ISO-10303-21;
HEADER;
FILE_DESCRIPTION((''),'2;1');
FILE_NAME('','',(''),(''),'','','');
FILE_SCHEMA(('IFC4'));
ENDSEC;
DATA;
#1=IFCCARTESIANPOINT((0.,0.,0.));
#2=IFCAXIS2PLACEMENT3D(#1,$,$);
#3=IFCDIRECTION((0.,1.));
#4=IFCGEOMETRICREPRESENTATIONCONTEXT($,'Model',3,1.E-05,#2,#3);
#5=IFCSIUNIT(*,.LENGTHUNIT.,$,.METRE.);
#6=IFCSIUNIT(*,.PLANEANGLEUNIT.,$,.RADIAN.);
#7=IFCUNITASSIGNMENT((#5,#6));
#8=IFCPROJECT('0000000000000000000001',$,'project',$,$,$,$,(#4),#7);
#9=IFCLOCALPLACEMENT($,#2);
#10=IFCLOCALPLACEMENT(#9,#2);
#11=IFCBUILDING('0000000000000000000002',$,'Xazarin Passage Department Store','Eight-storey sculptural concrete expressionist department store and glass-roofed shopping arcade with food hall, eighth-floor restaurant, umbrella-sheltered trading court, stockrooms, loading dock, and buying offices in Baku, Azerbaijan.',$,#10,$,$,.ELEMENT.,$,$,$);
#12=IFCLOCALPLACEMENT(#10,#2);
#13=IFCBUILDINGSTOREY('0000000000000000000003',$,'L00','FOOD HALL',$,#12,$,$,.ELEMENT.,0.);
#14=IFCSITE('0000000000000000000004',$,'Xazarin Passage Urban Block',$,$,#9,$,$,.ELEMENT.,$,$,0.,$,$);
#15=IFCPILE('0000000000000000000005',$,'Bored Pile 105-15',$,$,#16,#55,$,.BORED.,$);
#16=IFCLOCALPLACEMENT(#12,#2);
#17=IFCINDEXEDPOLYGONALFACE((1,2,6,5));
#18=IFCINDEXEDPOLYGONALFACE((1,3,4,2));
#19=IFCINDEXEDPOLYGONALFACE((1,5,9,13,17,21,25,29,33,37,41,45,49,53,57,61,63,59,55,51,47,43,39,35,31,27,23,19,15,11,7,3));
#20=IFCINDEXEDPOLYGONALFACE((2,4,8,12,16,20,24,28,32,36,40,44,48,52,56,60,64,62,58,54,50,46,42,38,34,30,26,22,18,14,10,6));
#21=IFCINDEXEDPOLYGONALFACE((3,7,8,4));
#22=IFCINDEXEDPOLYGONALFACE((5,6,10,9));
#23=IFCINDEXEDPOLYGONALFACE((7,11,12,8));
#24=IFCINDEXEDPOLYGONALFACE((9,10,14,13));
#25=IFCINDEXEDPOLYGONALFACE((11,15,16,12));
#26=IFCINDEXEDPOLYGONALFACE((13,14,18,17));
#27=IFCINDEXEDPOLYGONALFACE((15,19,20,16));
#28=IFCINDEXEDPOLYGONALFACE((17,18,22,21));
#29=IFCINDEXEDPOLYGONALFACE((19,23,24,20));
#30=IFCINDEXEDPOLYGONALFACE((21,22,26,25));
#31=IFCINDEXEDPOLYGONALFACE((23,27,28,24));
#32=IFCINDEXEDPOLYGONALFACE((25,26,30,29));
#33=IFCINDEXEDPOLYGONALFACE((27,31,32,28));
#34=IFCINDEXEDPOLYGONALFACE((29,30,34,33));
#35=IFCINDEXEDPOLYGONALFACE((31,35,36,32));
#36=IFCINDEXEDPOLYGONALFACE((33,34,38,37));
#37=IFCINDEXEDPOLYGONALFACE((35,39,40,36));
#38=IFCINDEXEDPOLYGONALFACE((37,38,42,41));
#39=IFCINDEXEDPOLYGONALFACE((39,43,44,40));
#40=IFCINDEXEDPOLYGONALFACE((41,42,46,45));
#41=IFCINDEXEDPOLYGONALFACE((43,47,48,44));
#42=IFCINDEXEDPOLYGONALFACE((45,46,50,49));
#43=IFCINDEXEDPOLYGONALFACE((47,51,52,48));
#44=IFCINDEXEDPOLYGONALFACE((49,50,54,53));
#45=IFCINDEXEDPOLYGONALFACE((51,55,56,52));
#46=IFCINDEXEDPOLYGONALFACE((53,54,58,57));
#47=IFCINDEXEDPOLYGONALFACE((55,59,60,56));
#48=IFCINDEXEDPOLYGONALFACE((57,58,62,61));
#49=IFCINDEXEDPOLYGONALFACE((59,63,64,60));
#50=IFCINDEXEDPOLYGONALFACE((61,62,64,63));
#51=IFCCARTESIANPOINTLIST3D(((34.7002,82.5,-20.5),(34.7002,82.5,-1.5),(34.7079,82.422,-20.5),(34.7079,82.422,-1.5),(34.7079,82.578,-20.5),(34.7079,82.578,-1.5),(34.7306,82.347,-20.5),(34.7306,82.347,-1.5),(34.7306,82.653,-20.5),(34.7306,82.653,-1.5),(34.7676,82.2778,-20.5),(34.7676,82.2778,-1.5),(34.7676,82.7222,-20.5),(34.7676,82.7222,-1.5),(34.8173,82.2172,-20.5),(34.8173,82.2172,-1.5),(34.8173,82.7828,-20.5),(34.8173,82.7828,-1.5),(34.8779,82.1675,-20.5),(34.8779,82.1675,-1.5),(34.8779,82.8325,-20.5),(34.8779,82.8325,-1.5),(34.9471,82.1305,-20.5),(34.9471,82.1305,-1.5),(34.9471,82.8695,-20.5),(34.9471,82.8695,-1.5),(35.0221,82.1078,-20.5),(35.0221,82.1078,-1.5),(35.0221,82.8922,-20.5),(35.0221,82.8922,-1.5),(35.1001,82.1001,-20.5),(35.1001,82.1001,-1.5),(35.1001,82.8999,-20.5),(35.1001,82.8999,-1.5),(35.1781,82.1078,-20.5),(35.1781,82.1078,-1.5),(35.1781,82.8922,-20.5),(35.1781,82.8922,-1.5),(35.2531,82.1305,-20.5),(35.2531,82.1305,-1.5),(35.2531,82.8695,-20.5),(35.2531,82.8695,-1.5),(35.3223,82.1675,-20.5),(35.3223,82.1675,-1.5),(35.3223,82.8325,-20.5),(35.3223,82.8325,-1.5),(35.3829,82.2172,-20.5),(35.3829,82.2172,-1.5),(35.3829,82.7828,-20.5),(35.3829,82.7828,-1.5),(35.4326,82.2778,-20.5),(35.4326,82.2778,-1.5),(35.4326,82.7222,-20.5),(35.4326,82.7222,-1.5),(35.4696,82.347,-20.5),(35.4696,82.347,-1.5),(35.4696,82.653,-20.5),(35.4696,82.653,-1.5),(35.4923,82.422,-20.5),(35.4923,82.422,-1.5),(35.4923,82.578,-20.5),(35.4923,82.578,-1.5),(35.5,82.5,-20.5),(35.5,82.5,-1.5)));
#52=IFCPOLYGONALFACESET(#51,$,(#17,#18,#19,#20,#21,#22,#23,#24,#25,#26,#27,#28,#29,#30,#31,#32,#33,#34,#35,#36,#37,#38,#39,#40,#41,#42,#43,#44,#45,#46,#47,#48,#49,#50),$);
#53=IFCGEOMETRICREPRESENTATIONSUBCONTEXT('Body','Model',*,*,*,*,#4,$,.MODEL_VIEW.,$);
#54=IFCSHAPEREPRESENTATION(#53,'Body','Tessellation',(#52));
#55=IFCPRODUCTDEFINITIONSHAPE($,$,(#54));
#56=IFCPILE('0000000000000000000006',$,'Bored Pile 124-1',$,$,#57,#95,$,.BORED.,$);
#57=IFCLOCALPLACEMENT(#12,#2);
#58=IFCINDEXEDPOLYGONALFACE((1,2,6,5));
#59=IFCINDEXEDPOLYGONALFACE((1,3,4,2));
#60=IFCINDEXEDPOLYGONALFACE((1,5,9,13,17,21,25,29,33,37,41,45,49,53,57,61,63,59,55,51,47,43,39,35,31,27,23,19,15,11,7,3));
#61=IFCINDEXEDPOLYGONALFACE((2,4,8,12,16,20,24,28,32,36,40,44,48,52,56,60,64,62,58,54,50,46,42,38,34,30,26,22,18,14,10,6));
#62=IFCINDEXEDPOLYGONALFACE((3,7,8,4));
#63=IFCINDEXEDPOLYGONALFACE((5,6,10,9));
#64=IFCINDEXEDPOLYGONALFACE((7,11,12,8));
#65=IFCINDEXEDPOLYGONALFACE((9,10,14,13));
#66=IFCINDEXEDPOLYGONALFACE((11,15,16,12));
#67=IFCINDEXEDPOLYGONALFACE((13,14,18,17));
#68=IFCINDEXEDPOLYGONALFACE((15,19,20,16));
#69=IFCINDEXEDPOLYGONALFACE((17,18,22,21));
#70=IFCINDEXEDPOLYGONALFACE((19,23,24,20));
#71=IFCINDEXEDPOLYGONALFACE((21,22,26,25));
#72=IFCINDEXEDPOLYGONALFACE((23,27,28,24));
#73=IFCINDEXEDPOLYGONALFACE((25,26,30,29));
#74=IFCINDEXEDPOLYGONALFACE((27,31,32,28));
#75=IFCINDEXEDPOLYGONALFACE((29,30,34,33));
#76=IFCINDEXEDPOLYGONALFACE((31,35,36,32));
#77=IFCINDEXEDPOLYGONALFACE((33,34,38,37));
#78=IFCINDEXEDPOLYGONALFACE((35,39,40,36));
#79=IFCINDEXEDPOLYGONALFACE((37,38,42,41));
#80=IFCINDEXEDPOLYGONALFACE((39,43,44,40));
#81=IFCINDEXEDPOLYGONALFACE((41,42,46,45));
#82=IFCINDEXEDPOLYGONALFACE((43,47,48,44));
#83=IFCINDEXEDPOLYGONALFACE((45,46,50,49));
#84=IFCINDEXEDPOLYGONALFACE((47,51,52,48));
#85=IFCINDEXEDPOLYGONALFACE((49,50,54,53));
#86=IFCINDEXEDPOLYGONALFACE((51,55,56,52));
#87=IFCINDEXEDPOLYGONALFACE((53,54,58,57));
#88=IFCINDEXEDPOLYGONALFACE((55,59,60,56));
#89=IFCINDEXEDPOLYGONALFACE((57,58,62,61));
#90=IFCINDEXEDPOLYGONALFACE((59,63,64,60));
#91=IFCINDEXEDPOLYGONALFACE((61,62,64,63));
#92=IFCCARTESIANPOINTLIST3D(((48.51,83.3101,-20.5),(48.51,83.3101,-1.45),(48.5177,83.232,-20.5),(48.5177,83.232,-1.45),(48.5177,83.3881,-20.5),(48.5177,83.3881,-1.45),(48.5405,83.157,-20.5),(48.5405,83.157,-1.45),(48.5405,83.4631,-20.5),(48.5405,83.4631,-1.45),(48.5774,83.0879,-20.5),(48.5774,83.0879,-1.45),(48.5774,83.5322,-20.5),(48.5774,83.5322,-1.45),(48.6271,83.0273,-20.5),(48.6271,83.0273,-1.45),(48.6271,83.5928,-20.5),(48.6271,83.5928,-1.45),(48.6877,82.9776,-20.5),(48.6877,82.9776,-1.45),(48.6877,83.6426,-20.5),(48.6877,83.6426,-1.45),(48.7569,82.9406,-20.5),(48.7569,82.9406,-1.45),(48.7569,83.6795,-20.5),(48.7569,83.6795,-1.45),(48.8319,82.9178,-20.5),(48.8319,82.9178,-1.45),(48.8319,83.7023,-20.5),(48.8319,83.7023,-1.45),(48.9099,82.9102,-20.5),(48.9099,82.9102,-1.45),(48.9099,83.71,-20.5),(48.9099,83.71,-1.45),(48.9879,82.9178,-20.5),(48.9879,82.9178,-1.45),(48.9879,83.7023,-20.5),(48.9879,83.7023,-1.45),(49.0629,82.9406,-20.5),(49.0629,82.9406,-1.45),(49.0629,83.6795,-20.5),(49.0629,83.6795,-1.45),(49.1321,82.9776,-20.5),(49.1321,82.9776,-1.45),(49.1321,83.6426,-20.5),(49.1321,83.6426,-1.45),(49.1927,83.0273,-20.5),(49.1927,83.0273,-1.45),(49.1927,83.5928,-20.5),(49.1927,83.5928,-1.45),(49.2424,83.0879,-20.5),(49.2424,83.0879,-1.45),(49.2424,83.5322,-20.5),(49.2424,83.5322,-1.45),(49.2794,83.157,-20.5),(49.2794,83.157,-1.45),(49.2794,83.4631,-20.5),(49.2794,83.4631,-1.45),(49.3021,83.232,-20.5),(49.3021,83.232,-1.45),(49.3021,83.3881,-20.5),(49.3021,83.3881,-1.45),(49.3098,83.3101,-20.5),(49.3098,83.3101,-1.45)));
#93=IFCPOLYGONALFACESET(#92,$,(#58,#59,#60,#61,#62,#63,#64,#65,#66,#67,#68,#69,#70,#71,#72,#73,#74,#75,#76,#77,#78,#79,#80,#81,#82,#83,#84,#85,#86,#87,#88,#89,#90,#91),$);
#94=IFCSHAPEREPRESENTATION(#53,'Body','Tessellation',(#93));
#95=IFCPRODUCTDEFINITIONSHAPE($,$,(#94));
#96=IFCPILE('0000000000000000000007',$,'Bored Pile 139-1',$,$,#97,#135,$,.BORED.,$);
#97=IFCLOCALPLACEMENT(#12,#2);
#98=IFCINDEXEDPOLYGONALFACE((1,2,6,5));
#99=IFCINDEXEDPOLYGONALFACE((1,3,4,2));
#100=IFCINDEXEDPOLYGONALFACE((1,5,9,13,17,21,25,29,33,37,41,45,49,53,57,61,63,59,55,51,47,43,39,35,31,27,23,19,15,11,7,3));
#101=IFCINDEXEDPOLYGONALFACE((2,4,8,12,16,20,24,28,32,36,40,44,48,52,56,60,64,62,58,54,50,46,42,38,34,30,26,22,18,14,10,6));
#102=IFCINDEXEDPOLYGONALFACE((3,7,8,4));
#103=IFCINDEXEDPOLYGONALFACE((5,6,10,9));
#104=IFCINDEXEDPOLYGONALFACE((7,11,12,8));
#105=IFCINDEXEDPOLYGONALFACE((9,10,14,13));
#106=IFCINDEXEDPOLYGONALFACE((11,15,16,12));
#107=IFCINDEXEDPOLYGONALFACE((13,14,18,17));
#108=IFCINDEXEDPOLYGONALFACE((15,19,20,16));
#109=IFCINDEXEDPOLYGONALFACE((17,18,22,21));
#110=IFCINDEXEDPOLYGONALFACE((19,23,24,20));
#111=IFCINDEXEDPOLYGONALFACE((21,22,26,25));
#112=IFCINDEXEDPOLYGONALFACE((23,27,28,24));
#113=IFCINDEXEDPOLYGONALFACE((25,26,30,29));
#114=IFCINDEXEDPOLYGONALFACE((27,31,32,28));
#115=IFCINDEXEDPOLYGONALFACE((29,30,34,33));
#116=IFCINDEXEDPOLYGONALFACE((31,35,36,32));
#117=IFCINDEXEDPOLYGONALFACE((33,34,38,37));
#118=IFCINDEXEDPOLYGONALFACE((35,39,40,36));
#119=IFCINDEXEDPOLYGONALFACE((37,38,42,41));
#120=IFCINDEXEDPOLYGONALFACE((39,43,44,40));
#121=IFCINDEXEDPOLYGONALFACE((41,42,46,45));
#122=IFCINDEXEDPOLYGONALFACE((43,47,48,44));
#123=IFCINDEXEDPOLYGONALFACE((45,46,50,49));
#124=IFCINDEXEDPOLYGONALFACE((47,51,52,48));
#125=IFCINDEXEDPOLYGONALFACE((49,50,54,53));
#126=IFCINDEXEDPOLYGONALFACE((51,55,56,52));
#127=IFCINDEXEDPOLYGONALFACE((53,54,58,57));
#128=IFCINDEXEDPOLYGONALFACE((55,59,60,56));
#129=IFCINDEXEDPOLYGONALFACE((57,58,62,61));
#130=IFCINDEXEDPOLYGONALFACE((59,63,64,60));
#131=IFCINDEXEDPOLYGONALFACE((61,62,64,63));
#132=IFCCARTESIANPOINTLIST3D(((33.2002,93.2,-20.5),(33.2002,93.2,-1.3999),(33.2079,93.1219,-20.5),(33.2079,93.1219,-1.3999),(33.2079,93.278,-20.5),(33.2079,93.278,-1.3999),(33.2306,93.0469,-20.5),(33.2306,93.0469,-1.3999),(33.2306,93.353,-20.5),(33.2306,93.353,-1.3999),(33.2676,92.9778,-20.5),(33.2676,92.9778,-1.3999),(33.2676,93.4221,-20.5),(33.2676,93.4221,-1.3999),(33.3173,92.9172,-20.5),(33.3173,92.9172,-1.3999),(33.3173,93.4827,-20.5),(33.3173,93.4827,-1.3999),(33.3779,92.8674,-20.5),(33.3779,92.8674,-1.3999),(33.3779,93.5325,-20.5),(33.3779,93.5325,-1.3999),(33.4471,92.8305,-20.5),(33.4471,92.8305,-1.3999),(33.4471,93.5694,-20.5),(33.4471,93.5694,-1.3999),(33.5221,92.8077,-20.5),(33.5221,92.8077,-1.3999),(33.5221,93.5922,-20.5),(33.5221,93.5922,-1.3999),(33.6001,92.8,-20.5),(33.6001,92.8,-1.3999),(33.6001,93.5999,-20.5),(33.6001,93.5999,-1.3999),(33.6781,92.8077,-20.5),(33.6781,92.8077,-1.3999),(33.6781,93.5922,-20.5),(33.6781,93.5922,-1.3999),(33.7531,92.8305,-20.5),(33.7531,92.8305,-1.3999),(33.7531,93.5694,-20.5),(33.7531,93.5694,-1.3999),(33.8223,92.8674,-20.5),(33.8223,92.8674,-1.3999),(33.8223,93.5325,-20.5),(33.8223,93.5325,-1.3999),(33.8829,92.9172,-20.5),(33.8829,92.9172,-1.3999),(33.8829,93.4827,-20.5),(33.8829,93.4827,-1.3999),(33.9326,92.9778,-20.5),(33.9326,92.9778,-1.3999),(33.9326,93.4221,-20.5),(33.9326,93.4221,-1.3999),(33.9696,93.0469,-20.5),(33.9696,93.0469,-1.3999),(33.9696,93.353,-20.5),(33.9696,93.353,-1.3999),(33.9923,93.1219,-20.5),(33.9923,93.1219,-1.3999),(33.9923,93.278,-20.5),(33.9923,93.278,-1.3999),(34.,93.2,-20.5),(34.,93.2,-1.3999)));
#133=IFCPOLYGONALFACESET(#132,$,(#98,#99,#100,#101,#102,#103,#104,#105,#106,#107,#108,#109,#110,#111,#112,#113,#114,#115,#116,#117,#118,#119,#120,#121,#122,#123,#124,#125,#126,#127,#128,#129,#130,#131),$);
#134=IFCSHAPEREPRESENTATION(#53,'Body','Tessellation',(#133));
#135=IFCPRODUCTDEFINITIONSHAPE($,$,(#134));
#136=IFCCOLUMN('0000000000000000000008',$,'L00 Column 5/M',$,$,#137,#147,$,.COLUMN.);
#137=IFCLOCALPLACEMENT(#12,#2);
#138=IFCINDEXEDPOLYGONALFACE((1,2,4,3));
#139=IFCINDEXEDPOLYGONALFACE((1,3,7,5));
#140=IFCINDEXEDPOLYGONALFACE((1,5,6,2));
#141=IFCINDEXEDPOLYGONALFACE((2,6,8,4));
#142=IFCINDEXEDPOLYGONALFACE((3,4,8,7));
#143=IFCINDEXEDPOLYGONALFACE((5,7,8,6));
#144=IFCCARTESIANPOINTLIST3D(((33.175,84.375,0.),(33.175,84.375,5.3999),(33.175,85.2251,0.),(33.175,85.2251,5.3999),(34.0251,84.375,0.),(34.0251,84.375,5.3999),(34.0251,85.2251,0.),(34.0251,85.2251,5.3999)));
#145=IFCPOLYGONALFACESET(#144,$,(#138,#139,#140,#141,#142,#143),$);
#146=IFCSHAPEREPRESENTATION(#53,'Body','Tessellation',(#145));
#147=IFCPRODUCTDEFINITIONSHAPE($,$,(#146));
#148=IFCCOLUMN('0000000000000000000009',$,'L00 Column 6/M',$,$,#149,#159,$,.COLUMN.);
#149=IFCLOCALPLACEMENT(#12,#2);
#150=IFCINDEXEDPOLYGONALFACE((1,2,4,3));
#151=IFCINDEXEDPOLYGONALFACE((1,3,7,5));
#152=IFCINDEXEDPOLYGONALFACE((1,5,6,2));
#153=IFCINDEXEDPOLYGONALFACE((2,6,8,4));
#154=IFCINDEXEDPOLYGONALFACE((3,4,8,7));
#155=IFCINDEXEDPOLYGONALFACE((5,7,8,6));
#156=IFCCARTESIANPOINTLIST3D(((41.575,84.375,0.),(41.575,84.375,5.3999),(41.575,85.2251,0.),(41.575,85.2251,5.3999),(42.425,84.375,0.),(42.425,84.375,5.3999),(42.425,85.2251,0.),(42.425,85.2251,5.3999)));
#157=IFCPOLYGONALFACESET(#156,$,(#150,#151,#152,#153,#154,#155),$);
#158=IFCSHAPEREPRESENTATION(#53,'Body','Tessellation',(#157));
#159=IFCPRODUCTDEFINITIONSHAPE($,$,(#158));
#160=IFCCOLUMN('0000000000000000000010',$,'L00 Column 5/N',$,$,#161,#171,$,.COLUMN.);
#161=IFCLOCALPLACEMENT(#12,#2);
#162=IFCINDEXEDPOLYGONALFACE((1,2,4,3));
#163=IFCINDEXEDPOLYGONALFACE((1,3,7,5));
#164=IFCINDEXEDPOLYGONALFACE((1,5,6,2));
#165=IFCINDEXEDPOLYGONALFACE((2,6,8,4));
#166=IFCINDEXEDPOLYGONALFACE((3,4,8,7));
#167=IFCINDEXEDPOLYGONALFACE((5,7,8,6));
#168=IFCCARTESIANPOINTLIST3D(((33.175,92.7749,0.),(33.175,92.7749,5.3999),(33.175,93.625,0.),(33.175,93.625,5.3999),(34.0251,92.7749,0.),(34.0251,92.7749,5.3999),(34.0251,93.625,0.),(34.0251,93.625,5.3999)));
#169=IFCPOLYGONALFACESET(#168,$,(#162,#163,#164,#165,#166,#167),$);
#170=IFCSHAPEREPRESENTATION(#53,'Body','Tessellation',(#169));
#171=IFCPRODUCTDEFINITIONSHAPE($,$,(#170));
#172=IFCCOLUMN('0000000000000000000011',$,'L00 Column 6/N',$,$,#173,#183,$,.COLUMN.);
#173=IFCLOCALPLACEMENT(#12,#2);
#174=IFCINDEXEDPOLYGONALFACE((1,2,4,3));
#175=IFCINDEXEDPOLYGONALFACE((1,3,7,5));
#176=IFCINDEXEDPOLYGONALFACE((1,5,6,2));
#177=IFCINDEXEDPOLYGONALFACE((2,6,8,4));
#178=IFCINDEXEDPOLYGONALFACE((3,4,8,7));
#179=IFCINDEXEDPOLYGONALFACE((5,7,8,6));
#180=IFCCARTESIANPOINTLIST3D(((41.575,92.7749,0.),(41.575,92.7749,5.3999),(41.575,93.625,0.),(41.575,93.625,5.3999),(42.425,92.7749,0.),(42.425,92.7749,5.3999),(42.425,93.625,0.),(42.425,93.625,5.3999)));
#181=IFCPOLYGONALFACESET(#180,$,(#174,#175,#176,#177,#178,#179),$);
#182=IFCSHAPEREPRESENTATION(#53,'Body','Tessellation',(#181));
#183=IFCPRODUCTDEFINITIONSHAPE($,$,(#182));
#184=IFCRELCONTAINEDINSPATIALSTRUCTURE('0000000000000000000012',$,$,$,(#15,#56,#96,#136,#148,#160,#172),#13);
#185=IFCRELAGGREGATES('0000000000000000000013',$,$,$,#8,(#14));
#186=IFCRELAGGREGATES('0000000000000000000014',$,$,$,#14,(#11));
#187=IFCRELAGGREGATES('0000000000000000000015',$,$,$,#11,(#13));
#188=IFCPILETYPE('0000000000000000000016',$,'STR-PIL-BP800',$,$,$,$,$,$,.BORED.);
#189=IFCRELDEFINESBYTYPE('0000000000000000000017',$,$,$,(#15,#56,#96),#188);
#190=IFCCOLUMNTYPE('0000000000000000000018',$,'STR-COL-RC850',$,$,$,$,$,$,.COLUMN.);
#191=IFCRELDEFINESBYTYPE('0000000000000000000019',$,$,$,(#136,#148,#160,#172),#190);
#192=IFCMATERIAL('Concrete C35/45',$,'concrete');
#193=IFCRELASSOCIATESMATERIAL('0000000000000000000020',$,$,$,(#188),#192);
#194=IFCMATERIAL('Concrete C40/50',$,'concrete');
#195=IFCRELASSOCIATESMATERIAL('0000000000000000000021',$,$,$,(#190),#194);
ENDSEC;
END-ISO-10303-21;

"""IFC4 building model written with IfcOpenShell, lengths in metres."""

from ifc_helpers import new_model, si_unit, direction, frame, origin, origin_2d, place, context, subcontext, project, spatial, rectangle, circle, extrude, material, material_profile, profile_set, type_object, element, save


model = new_model("IFC4")

# Units and contexts
model_context = context("Model", 3, precision=1e-05, world=origin(), true_north=direction((0.0, 1.0)))
body_context = subcontext(model_context, "Body", "Model", "MODEL_VIEW")
ifc_project = project(units=[si_unit("LENGTHUNIT", "METRE"), si_unit("PLANEANGLEUNIT", "RADIAN")], contexts=[model_context])

# Site, building, storey
site_placement = place(None, origin())
site = spatial("IfcSite", under=ifc_project, at=site_placement, Name="Xazarin Passage Urban Block", CompositionType="ELEMENT", RefElevation=0.0)
building_placement = place(site_placement, origin())
building = spatial("IfcBuilding", under=site, at=building_placement, Name="Xazarin Passage Department Store", Description="Eight-storey sculptural concrete expressionist department store and glass-roofed shopping arcade with food hall, eighth-floor restaurant, umbrella-sheltered trading court, stockrooms, loading dock, and buying offices in Baku, Azerbaijan.", CompositionType="ELEMENT")
storey_placement = place(building_placement, origin())
storey = spatial("IfcBuildingStorey", under=building, at=storey_placement, Name="L00", Description="FOOD HALL", CompositionType="ELEMENT", Elevation=0.0)

# Shared definitions
ifc_material_1 = material(Name="Concrete C35/45", Category="concrete")

# Piles
ifc_material_profile_1 = material_profile(ifc_material_1, circle(Radius=0.3999, at=origin_2d()), Name="BP 800")
ifc_profile_set_1 = profile_set([ifc_material_profile_1], Name="Concrete C35/45")
pile_type_1 = type_object("IfcPileType", Name="STR-PIL-BP800", PredefinedType="BORED", material=ifc_profile_set_1)
pile_1_placement = place(storey_placement, frame((35.1001, 82.5, -1.5), z_axis=(0.0, 0.0, -1.0), x_axis=(1.0, 0.0, 0.0)))
element("IfcPile", 1, at=pile_1_placement, inside=storey, type_object=pile_type_1, Name="Bored Pile 105-15", PredefinedType="BORED", context=body_context, shape_type="SweptSolid", body=[
    extrude(circle(Radius=0.3999, at=origin_2d()), origin(), (0.0, 0.0, 1.0), 19.0),
])
pile_2_placement = place(storey_placement, frame((48.9099, 83.3101, -1.45), z_axis=(0.0, 0.0, -1.0), x_axis=(1.0, 0.0, 0.0)))
element("IfcPile", 2, at=pile_2_placement, inside=storey, type_object=pile_type_1, Name="Bored Pile 124-1", PredefinedType="BORED", context=body_context, shape_type="SweptSolid", body=[
    extrude(circle(Radius=0.3999, at=origin_2d()), origin(), (0.0, 0.0, 1.0), 19.05),
])
pile_3_placement = place(storey_placement, frame((33.6001, 93.2, -1.3999), z_axis=(0.0, 0.0, -1.0), x_axis=(1.0, 0.0, 0.0)))
element("IfcPile", 3, at=pile_3_placement, inside=storey, type_object=pile_type_1, Name="Bored Pile 139-1", PredefinedType="BORED", context=body_context, shape_type="SweptSolid", body=[
    extrude(circle(Radius=0.3999, at=origin_2d()), origin(), (0.0, 0.0, 1.0), 19.1001),
])

# Columns
ifc_material_2 = material(Name="Concrete C40/50", Category="concrete")
ifc_material_profile_2 = material_profile(ifc_material_2, rectangle(XDim=0.8501, YDim=0.8501, at=origin_2d()), Name="RC 850x850")
ifc_profile_set_2 = profile_set([ifc_material_profile_2], Name="Concrete C40/50")
column_type = type_object("IfcColumnType", Name="STR-COL-RC850", PredefinedType="COLUMN", material=ifc_profile_set_2)
for number, where, z_axis, x_axis, name in (
    (4, (33.6001, 84.8, 0.0), (0.0, 0.0, 1.0), (1.0, 0.0, 0.0), "L00 Column 5/M"),
    (5, (42.0, 84.8, 0.0), (0.0, 0.0, 1.0), (1.0, 0.0, 0.0), "L00 Column 6/M"),
    (6, (33.6001, 93.2, 0.0), (0.0, 0.0, 1.0), (1.0, 0.0, 0.0), "L00 Column 5/N"),
    (7, (42.0, 93.2, 0.0), (0.0, 0.0, 1.0), (1.0, 0.0, 0.0), "L00 Column 6/N"),
):
    element("IfcColumn", number, at=place(storey_placement, frame(where, z_axis=z_axis, x_axis=x_axis)), inside=storey, type_object=column_type, Name=name, PredefinedType="COLUMN", context=body_context, shape_type="SweptSolid", body=[
        extrude(rectangle(XDim=0.8501, YDim=0.8501, at=origin_2d()), origin(), (0.0, 0.0, 1.0), 5.3999),
    ])

save(model, "model.ifc")
